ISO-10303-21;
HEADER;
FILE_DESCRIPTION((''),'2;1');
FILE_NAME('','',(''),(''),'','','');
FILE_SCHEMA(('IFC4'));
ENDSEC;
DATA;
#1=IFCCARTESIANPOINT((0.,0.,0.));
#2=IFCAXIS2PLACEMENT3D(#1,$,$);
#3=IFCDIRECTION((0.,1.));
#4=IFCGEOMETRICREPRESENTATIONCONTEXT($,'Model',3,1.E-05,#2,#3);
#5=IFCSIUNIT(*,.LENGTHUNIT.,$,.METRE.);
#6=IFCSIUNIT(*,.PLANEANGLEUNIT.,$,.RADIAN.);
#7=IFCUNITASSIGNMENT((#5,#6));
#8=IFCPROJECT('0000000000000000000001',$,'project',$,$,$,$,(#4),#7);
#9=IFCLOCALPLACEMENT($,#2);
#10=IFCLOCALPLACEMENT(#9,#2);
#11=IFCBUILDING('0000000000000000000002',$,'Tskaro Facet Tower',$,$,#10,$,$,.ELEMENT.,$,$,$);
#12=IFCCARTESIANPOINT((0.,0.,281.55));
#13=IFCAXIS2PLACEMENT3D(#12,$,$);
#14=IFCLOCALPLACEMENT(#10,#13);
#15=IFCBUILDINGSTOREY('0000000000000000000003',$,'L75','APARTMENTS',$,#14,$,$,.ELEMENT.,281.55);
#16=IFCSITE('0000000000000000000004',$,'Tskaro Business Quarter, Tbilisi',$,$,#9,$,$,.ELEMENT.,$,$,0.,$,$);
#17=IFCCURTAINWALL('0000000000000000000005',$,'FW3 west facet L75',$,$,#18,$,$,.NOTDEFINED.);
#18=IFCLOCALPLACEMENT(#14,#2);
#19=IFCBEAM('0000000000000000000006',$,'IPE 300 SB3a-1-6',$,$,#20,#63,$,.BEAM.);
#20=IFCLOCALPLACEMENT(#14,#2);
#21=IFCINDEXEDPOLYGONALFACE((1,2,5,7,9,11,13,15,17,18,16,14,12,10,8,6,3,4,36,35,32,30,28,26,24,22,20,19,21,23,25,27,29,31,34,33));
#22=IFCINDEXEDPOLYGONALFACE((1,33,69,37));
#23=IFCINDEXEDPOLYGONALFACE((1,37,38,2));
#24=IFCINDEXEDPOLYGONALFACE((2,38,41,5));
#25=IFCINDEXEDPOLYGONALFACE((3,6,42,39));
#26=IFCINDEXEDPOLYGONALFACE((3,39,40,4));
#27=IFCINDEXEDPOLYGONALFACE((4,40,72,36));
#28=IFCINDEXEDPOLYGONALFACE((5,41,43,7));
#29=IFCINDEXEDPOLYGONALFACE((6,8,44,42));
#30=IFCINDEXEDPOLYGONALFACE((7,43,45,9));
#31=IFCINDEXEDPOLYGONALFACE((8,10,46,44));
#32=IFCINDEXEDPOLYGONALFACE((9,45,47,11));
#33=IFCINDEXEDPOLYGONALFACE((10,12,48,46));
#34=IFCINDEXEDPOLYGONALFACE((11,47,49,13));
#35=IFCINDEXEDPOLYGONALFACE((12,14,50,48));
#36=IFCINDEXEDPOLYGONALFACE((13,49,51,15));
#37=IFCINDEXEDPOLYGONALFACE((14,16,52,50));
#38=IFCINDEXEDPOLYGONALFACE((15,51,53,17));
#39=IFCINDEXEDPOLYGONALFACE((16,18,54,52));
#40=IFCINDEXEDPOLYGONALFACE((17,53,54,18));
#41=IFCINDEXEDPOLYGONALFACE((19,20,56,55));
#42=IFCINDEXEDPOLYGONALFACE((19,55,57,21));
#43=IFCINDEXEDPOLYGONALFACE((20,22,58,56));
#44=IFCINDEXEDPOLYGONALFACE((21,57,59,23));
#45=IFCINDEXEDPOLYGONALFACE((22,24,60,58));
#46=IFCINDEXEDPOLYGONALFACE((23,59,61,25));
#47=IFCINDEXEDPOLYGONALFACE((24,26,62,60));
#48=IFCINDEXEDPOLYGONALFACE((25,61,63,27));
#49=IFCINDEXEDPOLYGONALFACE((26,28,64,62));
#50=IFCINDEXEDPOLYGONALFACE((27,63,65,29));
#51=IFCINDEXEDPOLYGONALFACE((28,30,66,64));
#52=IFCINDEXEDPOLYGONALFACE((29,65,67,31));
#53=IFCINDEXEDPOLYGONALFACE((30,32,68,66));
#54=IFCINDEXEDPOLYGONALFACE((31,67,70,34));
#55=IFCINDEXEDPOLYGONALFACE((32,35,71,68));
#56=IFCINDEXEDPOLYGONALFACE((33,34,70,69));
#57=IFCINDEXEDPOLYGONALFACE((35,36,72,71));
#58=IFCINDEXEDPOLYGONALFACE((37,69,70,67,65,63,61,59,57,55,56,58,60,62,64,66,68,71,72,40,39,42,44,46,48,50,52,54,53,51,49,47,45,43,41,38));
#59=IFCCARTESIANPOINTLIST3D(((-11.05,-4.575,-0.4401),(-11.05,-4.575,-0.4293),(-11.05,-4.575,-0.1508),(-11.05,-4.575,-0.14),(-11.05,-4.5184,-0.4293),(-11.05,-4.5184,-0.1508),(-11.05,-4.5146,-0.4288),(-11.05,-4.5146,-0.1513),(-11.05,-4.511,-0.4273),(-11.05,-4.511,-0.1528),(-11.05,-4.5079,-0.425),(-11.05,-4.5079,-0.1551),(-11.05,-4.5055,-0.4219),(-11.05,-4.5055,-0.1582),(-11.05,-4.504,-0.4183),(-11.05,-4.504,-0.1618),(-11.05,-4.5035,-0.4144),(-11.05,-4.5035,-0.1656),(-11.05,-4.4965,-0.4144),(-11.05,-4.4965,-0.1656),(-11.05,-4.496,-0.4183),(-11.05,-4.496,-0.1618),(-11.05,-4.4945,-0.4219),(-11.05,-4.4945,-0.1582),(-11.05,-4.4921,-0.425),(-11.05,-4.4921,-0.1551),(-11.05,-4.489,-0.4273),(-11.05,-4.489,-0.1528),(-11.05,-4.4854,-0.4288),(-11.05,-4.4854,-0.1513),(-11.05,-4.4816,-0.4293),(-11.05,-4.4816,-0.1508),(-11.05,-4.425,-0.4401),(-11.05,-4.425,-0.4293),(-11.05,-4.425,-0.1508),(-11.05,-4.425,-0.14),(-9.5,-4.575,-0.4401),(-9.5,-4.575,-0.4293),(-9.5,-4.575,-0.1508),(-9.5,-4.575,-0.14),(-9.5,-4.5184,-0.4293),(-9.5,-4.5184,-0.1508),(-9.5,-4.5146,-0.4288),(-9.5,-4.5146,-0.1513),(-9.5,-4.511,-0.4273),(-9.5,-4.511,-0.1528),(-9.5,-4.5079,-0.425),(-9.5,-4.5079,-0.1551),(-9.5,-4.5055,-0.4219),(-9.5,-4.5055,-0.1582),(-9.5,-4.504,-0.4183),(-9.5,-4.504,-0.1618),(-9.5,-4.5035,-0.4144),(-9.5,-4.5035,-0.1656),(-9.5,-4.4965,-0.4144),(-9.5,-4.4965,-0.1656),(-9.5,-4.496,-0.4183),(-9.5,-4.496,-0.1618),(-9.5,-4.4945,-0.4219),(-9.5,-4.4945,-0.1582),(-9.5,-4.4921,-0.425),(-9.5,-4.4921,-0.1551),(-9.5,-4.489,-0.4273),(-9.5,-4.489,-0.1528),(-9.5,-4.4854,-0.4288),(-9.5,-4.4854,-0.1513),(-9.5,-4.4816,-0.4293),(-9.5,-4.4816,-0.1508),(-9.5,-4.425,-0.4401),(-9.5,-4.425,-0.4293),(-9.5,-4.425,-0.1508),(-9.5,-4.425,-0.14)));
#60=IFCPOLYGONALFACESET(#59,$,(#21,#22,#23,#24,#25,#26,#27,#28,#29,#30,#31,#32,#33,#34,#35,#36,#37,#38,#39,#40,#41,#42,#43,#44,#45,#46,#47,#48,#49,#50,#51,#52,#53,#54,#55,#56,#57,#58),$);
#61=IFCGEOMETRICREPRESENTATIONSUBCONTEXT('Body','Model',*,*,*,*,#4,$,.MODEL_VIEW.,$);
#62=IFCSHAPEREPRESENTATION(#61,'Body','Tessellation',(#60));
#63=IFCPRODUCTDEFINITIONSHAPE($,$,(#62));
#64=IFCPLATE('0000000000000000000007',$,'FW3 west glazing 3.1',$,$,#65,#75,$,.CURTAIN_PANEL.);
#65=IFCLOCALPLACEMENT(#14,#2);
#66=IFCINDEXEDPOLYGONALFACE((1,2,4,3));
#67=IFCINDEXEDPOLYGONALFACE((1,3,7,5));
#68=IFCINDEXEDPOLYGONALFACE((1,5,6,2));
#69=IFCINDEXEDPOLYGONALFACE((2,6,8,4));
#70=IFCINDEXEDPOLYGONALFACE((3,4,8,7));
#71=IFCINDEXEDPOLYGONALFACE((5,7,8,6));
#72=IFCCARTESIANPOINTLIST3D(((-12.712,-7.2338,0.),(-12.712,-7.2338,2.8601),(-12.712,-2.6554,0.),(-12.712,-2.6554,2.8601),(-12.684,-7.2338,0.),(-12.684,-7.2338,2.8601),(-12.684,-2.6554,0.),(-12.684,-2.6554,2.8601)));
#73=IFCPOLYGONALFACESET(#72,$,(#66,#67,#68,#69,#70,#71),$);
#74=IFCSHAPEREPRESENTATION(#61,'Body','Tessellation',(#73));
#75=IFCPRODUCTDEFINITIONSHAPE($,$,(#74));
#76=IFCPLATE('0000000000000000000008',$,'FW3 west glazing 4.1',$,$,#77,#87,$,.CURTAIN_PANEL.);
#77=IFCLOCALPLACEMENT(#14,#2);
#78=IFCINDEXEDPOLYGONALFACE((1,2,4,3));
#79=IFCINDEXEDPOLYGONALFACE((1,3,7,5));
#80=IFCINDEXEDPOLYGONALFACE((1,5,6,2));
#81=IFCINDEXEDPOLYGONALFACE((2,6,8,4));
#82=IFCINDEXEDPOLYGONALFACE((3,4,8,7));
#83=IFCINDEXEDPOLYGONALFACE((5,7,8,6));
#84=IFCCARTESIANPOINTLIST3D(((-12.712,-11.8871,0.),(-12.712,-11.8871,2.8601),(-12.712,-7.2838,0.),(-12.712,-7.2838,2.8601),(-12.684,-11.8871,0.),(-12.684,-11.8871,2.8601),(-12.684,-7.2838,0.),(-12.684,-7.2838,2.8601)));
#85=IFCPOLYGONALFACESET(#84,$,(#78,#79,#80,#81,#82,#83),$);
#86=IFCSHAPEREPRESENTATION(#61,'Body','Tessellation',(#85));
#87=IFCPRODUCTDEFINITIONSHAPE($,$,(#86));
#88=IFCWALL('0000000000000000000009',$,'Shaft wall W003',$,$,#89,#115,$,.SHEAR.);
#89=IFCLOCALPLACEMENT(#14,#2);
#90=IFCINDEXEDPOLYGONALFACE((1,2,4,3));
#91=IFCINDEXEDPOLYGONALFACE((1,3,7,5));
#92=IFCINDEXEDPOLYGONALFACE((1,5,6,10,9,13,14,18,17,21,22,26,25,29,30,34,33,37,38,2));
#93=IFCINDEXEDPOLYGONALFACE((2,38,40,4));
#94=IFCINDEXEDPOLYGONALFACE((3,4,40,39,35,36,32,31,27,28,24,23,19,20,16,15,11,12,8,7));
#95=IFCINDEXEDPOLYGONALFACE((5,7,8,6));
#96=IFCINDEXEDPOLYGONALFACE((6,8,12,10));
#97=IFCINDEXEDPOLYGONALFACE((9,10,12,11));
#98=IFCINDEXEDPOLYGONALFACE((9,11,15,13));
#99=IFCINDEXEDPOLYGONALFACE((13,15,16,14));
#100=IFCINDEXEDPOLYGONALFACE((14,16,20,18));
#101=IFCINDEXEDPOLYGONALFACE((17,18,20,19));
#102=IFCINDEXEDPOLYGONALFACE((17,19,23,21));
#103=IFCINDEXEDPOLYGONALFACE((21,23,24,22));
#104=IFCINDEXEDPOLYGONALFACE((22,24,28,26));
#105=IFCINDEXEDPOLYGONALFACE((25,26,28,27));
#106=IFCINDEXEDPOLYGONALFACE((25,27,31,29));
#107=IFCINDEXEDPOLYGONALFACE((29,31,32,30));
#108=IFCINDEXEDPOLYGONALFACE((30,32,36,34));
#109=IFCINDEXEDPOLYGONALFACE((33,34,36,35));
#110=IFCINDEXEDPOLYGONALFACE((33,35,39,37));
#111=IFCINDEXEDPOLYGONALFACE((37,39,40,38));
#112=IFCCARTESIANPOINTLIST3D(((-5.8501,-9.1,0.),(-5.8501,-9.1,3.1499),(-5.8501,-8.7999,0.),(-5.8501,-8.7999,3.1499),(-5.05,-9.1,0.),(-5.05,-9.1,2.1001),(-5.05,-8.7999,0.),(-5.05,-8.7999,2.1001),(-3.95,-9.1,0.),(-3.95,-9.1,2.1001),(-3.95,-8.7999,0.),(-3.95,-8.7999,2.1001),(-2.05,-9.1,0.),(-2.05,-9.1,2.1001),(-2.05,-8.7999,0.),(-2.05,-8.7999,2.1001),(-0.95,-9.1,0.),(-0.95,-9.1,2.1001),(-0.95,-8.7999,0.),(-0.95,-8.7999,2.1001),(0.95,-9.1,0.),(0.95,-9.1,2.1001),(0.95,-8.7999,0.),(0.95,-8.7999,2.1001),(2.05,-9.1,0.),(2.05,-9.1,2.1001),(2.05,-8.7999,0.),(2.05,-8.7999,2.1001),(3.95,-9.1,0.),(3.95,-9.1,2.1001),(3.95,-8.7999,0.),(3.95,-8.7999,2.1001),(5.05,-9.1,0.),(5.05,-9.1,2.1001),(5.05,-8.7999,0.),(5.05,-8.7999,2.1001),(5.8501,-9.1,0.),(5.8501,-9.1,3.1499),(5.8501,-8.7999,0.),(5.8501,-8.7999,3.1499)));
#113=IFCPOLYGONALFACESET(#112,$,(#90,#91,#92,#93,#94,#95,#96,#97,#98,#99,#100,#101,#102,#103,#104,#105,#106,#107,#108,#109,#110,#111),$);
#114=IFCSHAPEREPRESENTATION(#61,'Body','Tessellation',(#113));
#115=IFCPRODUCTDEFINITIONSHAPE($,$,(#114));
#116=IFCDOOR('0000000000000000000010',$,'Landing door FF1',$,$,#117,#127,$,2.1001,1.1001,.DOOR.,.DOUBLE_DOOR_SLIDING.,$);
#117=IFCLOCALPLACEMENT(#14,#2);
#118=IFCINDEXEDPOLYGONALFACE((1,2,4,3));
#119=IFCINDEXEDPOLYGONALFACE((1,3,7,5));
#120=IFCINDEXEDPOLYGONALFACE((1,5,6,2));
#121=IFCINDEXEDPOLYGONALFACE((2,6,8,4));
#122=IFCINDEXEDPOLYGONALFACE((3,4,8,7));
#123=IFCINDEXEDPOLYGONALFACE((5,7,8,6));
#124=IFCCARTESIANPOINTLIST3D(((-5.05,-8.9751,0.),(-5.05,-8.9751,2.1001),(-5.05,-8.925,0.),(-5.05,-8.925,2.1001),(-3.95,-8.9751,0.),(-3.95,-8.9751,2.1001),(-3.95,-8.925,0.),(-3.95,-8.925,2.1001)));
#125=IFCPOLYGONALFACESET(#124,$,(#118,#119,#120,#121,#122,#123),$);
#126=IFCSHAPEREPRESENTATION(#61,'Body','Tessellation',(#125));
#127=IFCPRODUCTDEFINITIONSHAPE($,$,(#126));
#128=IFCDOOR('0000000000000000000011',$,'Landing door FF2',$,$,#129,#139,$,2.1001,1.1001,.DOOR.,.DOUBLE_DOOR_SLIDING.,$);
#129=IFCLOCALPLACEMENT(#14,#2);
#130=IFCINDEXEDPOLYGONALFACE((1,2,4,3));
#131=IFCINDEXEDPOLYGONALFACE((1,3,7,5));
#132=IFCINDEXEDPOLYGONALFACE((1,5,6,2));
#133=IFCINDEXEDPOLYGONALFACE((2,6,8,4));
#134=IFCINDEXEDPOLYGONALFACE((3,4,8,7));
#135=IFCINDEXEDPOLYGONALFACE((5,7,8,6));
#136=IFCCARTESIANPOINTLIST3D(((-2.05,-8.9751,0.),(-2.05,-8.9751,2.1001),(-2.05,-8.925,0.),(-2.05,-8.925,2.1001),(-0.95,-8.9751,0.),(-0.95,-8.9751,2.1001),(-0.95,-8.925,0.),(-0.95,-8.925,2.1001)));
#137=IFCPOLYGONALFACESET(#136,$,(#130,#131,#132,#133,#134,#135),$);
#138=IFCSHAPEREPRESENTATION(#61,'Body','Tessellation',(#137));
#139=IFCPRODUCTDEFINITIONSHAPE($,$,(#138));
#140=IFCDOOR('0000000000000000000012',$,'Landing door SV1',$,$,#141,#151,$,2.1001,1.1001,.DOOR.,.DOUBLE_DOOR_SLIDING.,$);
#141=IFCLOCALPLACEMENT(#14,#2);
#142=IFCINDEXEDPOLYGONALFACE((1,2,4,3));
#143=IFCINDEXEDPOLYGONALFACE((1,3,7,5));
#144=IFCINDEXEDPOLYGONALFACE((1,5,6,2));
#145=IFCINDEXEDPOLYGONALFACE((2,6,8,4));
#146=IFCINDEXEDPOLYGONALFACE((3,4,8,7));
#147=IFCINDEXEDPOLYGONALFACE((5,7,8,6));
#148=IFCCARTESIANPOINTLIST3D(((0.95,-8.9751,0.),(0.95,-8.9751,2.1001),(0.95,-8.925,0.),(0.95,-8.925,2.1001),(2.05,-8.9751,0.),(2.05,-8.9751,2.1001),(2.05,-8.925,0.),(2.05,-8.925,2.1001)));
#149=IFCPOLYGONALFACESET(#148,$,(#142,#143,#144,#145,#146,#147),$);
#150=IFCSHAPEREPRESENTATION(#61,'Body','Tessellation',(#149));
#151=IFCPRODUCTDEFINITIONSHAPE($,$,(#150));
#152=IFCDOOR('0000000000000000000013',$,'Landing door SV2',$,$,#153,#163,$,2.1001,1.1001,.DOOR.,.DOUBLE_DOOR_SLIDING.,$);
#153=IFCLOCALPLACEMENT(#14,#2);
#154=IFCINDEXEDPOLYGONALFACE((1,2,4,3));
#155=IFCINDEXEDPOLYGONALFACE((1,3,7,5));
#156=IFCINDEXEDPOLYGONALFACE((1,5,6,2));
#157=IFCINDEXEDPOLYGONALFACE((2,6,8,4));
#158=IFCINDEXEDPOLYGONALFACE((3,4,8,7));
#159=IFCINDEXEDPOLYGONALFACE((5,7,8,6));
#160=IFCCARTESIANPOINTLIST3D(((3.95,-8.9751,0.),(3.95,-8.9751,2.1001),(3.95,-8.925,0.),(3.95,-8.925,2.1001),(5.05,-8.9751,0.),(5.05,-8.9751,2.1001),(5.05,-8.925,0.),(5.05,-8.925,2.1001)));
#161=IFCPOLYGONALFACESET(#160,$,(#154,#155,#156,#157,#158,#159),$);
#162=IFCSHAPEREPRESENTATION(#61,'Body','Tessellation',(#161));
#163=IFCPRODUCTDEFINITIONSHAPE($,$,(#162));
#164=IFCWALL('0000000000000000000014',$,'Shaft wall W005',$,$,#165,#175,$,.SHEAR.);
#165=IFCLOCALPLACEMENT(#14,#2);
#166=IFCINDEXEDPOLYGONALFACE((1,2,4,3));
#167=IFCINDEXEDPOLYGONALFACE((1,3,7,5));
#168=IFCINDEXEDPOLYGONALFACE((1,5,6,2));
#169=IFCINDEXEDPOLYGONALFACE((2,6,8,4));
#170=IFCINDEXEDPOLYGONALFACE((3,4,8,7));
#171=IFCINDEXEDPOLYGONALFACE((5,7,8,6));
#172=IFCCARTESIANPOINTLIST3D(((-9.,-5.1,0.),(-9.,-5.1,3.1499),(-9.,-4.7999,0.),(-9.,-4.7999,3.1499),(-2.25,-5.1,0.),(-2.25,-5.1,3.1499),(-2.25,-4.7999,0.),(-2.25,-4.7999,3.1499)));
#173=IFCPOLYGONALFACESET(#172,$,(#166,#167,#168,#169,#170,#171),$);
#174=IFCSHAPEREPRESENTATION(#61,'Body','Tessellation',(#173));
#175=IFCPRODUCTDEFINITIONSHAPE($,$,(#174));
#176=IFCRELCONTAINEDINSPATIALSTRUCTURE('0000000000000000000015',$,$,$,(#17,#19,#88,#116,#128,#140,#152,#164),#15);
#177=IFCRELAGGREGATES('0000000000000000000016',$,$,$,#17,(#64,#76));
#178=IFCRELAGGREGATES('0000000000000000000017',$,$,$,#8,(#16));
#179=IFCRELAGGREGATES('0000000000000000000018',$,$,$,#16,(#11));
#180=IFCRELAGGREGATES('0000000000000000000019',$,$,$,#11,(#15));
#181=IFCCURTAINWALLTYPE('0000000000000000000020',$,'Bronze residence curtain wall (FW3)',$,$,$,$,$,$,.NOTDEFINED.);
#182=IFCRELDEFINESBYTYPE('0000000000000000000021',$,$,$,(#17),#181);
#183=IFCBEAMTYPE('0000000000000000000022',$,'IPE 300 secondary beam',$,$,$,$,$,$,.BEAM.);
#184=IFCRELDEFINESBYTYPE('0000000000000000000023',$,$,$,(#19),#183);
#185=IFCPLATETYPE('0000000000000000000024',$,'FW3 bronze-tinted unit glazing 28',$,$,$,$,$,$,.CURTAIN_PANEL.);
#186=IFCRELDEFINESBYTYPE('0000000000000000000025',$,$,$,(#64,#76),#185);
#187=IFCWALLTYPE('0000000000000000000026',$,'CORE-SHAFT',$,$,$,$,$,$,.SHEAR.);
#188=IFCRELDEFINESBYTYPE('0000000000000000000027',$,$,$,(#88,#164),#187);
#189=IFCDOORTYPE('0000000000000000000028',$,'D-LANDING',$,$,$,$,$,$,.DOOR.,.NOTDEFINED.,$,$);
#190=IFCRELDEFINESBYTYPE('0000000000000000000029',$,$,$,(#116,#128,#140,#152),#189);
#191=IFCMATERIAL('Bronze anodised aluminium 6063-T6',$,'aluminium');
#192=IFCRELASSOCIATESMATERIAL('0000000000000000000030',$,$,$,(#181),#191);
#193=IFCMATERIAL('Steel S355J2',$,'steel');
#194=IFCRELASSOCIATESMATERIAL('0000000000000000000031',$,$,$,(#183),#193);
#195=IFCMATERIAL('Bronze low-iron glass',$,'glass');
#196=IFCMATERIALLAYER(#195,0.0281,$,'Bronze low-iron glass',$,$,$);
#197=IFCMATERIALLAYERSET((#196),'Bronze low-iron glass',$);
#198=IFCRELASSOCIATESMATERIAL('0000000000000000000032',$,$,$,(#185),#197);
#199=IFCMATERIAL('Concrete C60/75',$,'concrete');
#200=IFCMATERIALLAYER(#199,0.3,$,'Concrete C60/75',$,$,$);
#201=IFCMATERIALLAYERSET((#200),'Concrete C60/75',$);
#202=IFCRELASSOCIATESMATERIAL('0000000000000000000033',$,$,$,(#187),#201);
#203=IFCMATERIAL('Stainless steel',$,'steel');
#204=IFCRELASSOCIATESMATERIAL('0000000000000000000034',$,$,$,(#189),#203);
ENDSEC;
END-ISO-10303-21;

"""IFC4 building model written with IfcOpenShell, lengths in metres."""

from ifc_helpers import new_model, si_unit, direction, frame, frame_2d, origin, origin_2d, place, context, subcontext, project, spatial, rectangle, i_section, extrude, material, layer, layer_set, material_profile, profile_set, type_object, element, fill, aggregate, save


model = new_model("IFC4")

# Units and contexts
model_context = context("Model", 3, precision=1e-05, world=origin(), true_north=direction((0.0, 1.0)))
body_context = subcontext(model_context, "Body", "Model", "MODEL_VIEW")
ifc_project = project(units=[si_unit("LENGTHUNIT", "METRE"), si_unit("PLANEANGLEUNIT", "RADIAN")], contexts=[model_context])

# Site, building, storey
site_placement = place(None, origin())
site = spatial("IfcSite", under=ifc_project, at=site_placement, Name="Tskaro Business Quarter, Tbilisi", CompositionType="ELEMENT", RefElevation=0.0)
building_placement = place(site_placement, origin())
building = spatial("IfcBuilding", under=site, at=building_placement, Name="Tskaro Facet Tower", CompositionType="ELEMENT")
storey_placement = place(building_placement, frame((0.0, 0.0, 281.55)))
storey = spatial("IfcBuildingStorey", under=building, at=storey_placement, Name="L75", Description="APARTMENTS", CompositionType="ELEMENT", Elevation=281.55)

# Curtain wall
ifc_material_1 = material(Name="Bronze anodised aluminium 6063-T6", Category="aluminium")
curtain_wall_type = type_object("IfcCurtainWallType", Name="Bronze residence curtain wall (FW3)", PredefinedType="NOTDEFINED", material=ifc_material_1)
curtain_wall_placement = place(storey_placement, origin())
curtain_wall = element("IfcCurtainWall", 1, at=curtain_wall_placement, inside=storey, type_object=curtain_wall_type, Name="FW3 west facet L75", PredefinedType="NOTDEFINED")

# Beam
ifc_material_2 = material(Name="Steel S355J2", Category="steel")
ifc_material_profile_1 = material_profile(ifc_material_2, i_section(OverallWidth=0.1499, OverallDepth=0.3, WebThickness=0.0071, FlangeThickness=0.0107, FilletRadius=0.0149, at=origin_2d()), Name="IPE 300")
ifc_profile_set_1 = profile_set([ifc_material_profile_1], Name="Steel S355J2")
beam_type_1 = type_object("IfcBeamType", Name="IPE 300 secondary beam", PredefinedType="BEAM", material=ifc_profile_set_1)
beam_1_placement = place(storey_placement, frame((-11.05, -4.5, -0.29), z_axis=(1.0, 0.0, 0.0), x_axis=(0.0, 1.0, 0.0)))
element("IfcBeam", 2, at=beam_1_placement, inside=storey, type_object=beam_type_1, Name="IPE 300 SB3a-1-6", PredefinedType="BEAM", context=body_context, shape_type="SweptSolid", body=[
    extrude(i_section(OverallWidth=0.1499, OverallDepth=0.3, WebThickness=0.0071, FlangeThickness=0.0107, FilletRadius=0.0149, at=origin_2d()), origin(), (0.0, 0.0, 1.0), 1.55),
])

# Plates
ifc_material_3 = material(Name="Bronze low-iron glass", Category="glass")
ifc_layer_1 = layer(ifc_material_3, 0.0281, Name="Bronze low-iron glass")
ifc_layer_set_1 = layer_set([ifc_layer_1], Name="Bronze low-iron glass")
plate_type = type_object("IfcPlateType", Name="FW3 bronze-tinted unit glazing 28", PredefinedType="CURTAIN_PANEL", material=ifc_layer_set_1)
plate_1_placement = place(storey_placement, frame((-12.698, -4.9446, 0.0), z_axis=(0.0, 0.0, 1.0), x_axis=(0.0, -1.0, 0.0)))
plate_1 = element("IfcPlate", 3, at=plate_1_placement, type_object=plate_type, Name="FW3 west glazing 3.1", PredefinedType="CURTAIN_PANEL", context=body_context, shape_type="SweptSolid", body=[
    extrude(rectangle(XDim=4.5784, YDim=0.0281, at=origin_2d()), origin(), (0.0, 0.0, 1.0), 2.8601),
])
plate_2_placement = place(storey_placement, frame((-12.698, -9.5854, 0.0), z_axis=(0.0, 0.0, 1.0), x_axis=(0.0, -1.0, 0.0)))
plate_2 = element("IfcPlate", 4, at=plate_2_placement, type_object=plate_type, Name="FW3 west glazing 4.1", PredefinedType="CURTAIN_PANEL", context=body_context, shape_type="SweptSolid", body=[
    extrude(rectangle(XDim=4.6033, YDim=0.0281, at=origin_2d()), origin(), (0.0, 0.0, 1.0), 2.8601),
])
aggregate(curtain_wall, [plate_1, plate_2])

# Wall, openings, doors
ifc_material_4 = material(Name="Concrete C60/75", Category="concrete")
ifc_layer_2 = layer(ifc_material_4, 0.3, Name="Concrete C60/75")
ifc_layer_set_2 = layer_set([ifc_layer_2], Name="Concrete C60/75")
wall_type_1 = type_object("IfcWallType", Name="CORE-SHAFT", PredefinedType="SHEAR", material=ifc_layer_set_2)
wall_1_placement = place(storey_placement, frame((-5.8501, -8.95, 0.0), z_axis=(0.0, 0.0, 1.0), x_axis=(1.0, 0.0, 0.0)))
wall_1 = element("IfcWall", 5, at=wall_1_placement, inside=storey, type_object=wall_type_1, Name="Shaft wall W003", PredefinedType="SHEAR", context=body_context, shape_type="SweptSolid", body=[
    extrude(rectangle(XDim=11.7002, YDim=0.3, at=frame_2d((5.8501, 0.0))), origin(), (0.0, 0.0, 1.0), 3.1499),
])
opening_1_placement = place(wall_1_placement, frame((0.8, 0.0, 0.0)))
opening_1 = element("IfcOpeningElement", 6, at=opening_1_placement, cuts=wall_1, PredefinedType="OPENING", context=body_context, shape_type="SweptSolid", body=[
    extrude(rectangle(XDim=1.1001, YDim=2.1001, at=frame_2d((0.55, 1.05))), frame((0.0, 0.1599, 0.0), z_axis=(0.0, -1.0, 0.0), x_axis=(1.0, 0.0, 0.0)), (0.0, 0.0, 1.0), 0.3201),
])
opening_2_placement = place(wall_1_placement, frame((3.8, 0.0, 0.0)))
opening_2 = element("IfcOpeningElement", 7, at=opening_2_placement, cuts=wall_1, PredefinedType="OPENING", context=body_context, shape_type="SweptSolid", body=[
    extrude(rectangle(XDim=1.1001, YDim=2.1001, at=frame_2d((0.55, 1.05))), frame((0.0, 0.1599, 0.0), z_axis=(0.0, -1.0, 0.0), x_axis=(1.0, 0.0, 0.0)), (0.0, 0.0, 1.0), 0.3201),
])
opening_3_placement = place(wall_1_placement, frame((6.8, 0.0, 0.0)))
opening_3 = element("IfcOpeningElement", 8, at=opening_3_placement, cuts=wall_1, PredefinedType="OPENING", context=body_context, shape_type="SweptSolid", body=[
    extrude(rectangle(XDim=1.1001, YDim=2.1001, at=frame_2d((0.55, 1.05))), frame((0.0, 0.1599, 0.0), z_axis=(0.0, -1.0, 0.0), x_axis=(1.0, 0.0, 0.0)), (0.0, 0.0, 1.0), 0.3201),
])
opening_4_placement = place(wall_1_placement, frame((9.8, 0.0, 0.0)))
opening_4 = element("IfcOpeningElement", 9, at=opening_4_placement, cuts=wall_1, PredefinedType="OPENING", context=body_context, shape_type="SweptSolid", body=[
    extrude(rectangle(XDim=1.1001, YDim=2.1001, at=frame_2d((0.55, 1.05))), frame((0.0, 0.1599, 0.0), z_axis=(0.0, -1.0, 0.0), x_axis=(1.0, 0.0, 0.0)), (0.0, 0.0, 1.0), 0.3201),
])
ifc_material_5 = material(Name="Stainless steel", Category="steel")
door_type = type_object("IfcDoorType", Name="D-LANDING", OperationType="NOTDEFINED", PredefinedType="DOOR", material=ifc_material_5)
door_1_placement = place(opening_1_placement, origin())
door_1 = element("IfcDoor", 10, at=door_1_placement, inside=storey, type_object=door_type, Name="Landing door FF1", OperationType="DOUBLE_DOOR_SLIDING", OverallHeight=2.1001, OverallWidth=1.1001, PredefinedType="DOOR", context=body_context, shape_type="SweptSolid", body=[
    extrude(rectangle(XDim=1.1001, YDim=2.1001, at=frame_2d((0.55, 1.05))), frame((0.0, 0.0249, 0.0), z_axis=(0.0, -1.0, 0.0), x_axis=(1.0, 0.0, 0.0)), (0.0, 0.0, 1.0), 0.05),
])
fill(opening_1, door_1)
door_2_placement = place(opening_2_placement, origin())
door_2 = element("IfcDoor", 11, at=door_2_placement, inside=storey, type_object=door_type, Name="Landing door FF2", OperationType="DOUBLE_DOOR_SLIDING", OverallHeight=2.1001, OverallWidth=1.1001, PredefinedType="DOOR", context=body_context, shape_type="SweptSolid", body=[
    extrude(rectangle(XDim=1.1001, YDim=2.1001, at=frame_2d((0.55, 1.05))), frame((0.0, 0.0249, 0.0), z_axis=(0.0, -1.0, 0.0), x_axis=(1.0, 0.0, 0.0)), (0.0, 0.0, 1.0), 0.05),
])
fill(opening_2, door_2)
door_3_placement = place(opening_3_placement, origin())
door_3 = element("IfcDoor", 12, at=door_3_placement, inside=storey, type_object=door_type, Name="Landing door SV1", OperationType="DOUBLE_DOOR_SLIDING", OverallHeight=2.1001, OverallWidth=1.1001, PredefinedType="DOOR", context=body_context, shape_type="SweptSolid", body=[
    extrude(rectangle(XDim=1.1001, YDim=2.1001, at=frame_2d((0.55, 1.05))), frame((0.0, 0.0249, 0.0), z_axis=(0.0, -1.0, 0.0), x_axis=(1.0, 0.0, 0.0)), (0.0, 0.0, 1.0), 0.05),
])
fill(opening_3, door_3)
door_4_placement = place(opening_4_placement, origin())
door_4 = element("IfcDoor", 13, at=door_4_placement, inside=storey, type_object=door_type, Name="Landing door SV2", OperationType="DOUBLE_DOOR_SLIDING", OverallHeight=2.1001, OverallWidth=1.1001, PredefinedType="DOOR", context=body_context, shape_type="SweptSolid", body=[
    extrude(rectangle(XDim=1.1001, YDim=2.1001, at=frame_2d((0.55, 1.05))), frame((0.0, 0.0249, 0.0), z_axis=(0.0, -1.0, 0.0), x_axis=(1.0, 0.0, 0.0)), (0.0, 0.0, 1.0), 0.05),
])
fill(opening_4, door_4)

# Wall
wall_2_placement = place(storey_placement, frame((-9.0, -4.95, 0.0), z_axis=(0.0, 0.0, 1.0), x_axis=(1.0, 0.0, 0.0)))
element("IfcWall", 14, at=wall_2_placement, inside=storey, type_object=wall_type_1, Name="Shaft wall W005", PredefinedType="SHEAR", context=body_context, shape_type="SweptSolid", body=[
    extrude(rectangle(XDim=6.75, YDim=0.3, at=frame_2d((3.375, 0.0))), origin(), (0.0, 0.0, 1.0), 3.1499),
])

save(model, "model.ifc")
